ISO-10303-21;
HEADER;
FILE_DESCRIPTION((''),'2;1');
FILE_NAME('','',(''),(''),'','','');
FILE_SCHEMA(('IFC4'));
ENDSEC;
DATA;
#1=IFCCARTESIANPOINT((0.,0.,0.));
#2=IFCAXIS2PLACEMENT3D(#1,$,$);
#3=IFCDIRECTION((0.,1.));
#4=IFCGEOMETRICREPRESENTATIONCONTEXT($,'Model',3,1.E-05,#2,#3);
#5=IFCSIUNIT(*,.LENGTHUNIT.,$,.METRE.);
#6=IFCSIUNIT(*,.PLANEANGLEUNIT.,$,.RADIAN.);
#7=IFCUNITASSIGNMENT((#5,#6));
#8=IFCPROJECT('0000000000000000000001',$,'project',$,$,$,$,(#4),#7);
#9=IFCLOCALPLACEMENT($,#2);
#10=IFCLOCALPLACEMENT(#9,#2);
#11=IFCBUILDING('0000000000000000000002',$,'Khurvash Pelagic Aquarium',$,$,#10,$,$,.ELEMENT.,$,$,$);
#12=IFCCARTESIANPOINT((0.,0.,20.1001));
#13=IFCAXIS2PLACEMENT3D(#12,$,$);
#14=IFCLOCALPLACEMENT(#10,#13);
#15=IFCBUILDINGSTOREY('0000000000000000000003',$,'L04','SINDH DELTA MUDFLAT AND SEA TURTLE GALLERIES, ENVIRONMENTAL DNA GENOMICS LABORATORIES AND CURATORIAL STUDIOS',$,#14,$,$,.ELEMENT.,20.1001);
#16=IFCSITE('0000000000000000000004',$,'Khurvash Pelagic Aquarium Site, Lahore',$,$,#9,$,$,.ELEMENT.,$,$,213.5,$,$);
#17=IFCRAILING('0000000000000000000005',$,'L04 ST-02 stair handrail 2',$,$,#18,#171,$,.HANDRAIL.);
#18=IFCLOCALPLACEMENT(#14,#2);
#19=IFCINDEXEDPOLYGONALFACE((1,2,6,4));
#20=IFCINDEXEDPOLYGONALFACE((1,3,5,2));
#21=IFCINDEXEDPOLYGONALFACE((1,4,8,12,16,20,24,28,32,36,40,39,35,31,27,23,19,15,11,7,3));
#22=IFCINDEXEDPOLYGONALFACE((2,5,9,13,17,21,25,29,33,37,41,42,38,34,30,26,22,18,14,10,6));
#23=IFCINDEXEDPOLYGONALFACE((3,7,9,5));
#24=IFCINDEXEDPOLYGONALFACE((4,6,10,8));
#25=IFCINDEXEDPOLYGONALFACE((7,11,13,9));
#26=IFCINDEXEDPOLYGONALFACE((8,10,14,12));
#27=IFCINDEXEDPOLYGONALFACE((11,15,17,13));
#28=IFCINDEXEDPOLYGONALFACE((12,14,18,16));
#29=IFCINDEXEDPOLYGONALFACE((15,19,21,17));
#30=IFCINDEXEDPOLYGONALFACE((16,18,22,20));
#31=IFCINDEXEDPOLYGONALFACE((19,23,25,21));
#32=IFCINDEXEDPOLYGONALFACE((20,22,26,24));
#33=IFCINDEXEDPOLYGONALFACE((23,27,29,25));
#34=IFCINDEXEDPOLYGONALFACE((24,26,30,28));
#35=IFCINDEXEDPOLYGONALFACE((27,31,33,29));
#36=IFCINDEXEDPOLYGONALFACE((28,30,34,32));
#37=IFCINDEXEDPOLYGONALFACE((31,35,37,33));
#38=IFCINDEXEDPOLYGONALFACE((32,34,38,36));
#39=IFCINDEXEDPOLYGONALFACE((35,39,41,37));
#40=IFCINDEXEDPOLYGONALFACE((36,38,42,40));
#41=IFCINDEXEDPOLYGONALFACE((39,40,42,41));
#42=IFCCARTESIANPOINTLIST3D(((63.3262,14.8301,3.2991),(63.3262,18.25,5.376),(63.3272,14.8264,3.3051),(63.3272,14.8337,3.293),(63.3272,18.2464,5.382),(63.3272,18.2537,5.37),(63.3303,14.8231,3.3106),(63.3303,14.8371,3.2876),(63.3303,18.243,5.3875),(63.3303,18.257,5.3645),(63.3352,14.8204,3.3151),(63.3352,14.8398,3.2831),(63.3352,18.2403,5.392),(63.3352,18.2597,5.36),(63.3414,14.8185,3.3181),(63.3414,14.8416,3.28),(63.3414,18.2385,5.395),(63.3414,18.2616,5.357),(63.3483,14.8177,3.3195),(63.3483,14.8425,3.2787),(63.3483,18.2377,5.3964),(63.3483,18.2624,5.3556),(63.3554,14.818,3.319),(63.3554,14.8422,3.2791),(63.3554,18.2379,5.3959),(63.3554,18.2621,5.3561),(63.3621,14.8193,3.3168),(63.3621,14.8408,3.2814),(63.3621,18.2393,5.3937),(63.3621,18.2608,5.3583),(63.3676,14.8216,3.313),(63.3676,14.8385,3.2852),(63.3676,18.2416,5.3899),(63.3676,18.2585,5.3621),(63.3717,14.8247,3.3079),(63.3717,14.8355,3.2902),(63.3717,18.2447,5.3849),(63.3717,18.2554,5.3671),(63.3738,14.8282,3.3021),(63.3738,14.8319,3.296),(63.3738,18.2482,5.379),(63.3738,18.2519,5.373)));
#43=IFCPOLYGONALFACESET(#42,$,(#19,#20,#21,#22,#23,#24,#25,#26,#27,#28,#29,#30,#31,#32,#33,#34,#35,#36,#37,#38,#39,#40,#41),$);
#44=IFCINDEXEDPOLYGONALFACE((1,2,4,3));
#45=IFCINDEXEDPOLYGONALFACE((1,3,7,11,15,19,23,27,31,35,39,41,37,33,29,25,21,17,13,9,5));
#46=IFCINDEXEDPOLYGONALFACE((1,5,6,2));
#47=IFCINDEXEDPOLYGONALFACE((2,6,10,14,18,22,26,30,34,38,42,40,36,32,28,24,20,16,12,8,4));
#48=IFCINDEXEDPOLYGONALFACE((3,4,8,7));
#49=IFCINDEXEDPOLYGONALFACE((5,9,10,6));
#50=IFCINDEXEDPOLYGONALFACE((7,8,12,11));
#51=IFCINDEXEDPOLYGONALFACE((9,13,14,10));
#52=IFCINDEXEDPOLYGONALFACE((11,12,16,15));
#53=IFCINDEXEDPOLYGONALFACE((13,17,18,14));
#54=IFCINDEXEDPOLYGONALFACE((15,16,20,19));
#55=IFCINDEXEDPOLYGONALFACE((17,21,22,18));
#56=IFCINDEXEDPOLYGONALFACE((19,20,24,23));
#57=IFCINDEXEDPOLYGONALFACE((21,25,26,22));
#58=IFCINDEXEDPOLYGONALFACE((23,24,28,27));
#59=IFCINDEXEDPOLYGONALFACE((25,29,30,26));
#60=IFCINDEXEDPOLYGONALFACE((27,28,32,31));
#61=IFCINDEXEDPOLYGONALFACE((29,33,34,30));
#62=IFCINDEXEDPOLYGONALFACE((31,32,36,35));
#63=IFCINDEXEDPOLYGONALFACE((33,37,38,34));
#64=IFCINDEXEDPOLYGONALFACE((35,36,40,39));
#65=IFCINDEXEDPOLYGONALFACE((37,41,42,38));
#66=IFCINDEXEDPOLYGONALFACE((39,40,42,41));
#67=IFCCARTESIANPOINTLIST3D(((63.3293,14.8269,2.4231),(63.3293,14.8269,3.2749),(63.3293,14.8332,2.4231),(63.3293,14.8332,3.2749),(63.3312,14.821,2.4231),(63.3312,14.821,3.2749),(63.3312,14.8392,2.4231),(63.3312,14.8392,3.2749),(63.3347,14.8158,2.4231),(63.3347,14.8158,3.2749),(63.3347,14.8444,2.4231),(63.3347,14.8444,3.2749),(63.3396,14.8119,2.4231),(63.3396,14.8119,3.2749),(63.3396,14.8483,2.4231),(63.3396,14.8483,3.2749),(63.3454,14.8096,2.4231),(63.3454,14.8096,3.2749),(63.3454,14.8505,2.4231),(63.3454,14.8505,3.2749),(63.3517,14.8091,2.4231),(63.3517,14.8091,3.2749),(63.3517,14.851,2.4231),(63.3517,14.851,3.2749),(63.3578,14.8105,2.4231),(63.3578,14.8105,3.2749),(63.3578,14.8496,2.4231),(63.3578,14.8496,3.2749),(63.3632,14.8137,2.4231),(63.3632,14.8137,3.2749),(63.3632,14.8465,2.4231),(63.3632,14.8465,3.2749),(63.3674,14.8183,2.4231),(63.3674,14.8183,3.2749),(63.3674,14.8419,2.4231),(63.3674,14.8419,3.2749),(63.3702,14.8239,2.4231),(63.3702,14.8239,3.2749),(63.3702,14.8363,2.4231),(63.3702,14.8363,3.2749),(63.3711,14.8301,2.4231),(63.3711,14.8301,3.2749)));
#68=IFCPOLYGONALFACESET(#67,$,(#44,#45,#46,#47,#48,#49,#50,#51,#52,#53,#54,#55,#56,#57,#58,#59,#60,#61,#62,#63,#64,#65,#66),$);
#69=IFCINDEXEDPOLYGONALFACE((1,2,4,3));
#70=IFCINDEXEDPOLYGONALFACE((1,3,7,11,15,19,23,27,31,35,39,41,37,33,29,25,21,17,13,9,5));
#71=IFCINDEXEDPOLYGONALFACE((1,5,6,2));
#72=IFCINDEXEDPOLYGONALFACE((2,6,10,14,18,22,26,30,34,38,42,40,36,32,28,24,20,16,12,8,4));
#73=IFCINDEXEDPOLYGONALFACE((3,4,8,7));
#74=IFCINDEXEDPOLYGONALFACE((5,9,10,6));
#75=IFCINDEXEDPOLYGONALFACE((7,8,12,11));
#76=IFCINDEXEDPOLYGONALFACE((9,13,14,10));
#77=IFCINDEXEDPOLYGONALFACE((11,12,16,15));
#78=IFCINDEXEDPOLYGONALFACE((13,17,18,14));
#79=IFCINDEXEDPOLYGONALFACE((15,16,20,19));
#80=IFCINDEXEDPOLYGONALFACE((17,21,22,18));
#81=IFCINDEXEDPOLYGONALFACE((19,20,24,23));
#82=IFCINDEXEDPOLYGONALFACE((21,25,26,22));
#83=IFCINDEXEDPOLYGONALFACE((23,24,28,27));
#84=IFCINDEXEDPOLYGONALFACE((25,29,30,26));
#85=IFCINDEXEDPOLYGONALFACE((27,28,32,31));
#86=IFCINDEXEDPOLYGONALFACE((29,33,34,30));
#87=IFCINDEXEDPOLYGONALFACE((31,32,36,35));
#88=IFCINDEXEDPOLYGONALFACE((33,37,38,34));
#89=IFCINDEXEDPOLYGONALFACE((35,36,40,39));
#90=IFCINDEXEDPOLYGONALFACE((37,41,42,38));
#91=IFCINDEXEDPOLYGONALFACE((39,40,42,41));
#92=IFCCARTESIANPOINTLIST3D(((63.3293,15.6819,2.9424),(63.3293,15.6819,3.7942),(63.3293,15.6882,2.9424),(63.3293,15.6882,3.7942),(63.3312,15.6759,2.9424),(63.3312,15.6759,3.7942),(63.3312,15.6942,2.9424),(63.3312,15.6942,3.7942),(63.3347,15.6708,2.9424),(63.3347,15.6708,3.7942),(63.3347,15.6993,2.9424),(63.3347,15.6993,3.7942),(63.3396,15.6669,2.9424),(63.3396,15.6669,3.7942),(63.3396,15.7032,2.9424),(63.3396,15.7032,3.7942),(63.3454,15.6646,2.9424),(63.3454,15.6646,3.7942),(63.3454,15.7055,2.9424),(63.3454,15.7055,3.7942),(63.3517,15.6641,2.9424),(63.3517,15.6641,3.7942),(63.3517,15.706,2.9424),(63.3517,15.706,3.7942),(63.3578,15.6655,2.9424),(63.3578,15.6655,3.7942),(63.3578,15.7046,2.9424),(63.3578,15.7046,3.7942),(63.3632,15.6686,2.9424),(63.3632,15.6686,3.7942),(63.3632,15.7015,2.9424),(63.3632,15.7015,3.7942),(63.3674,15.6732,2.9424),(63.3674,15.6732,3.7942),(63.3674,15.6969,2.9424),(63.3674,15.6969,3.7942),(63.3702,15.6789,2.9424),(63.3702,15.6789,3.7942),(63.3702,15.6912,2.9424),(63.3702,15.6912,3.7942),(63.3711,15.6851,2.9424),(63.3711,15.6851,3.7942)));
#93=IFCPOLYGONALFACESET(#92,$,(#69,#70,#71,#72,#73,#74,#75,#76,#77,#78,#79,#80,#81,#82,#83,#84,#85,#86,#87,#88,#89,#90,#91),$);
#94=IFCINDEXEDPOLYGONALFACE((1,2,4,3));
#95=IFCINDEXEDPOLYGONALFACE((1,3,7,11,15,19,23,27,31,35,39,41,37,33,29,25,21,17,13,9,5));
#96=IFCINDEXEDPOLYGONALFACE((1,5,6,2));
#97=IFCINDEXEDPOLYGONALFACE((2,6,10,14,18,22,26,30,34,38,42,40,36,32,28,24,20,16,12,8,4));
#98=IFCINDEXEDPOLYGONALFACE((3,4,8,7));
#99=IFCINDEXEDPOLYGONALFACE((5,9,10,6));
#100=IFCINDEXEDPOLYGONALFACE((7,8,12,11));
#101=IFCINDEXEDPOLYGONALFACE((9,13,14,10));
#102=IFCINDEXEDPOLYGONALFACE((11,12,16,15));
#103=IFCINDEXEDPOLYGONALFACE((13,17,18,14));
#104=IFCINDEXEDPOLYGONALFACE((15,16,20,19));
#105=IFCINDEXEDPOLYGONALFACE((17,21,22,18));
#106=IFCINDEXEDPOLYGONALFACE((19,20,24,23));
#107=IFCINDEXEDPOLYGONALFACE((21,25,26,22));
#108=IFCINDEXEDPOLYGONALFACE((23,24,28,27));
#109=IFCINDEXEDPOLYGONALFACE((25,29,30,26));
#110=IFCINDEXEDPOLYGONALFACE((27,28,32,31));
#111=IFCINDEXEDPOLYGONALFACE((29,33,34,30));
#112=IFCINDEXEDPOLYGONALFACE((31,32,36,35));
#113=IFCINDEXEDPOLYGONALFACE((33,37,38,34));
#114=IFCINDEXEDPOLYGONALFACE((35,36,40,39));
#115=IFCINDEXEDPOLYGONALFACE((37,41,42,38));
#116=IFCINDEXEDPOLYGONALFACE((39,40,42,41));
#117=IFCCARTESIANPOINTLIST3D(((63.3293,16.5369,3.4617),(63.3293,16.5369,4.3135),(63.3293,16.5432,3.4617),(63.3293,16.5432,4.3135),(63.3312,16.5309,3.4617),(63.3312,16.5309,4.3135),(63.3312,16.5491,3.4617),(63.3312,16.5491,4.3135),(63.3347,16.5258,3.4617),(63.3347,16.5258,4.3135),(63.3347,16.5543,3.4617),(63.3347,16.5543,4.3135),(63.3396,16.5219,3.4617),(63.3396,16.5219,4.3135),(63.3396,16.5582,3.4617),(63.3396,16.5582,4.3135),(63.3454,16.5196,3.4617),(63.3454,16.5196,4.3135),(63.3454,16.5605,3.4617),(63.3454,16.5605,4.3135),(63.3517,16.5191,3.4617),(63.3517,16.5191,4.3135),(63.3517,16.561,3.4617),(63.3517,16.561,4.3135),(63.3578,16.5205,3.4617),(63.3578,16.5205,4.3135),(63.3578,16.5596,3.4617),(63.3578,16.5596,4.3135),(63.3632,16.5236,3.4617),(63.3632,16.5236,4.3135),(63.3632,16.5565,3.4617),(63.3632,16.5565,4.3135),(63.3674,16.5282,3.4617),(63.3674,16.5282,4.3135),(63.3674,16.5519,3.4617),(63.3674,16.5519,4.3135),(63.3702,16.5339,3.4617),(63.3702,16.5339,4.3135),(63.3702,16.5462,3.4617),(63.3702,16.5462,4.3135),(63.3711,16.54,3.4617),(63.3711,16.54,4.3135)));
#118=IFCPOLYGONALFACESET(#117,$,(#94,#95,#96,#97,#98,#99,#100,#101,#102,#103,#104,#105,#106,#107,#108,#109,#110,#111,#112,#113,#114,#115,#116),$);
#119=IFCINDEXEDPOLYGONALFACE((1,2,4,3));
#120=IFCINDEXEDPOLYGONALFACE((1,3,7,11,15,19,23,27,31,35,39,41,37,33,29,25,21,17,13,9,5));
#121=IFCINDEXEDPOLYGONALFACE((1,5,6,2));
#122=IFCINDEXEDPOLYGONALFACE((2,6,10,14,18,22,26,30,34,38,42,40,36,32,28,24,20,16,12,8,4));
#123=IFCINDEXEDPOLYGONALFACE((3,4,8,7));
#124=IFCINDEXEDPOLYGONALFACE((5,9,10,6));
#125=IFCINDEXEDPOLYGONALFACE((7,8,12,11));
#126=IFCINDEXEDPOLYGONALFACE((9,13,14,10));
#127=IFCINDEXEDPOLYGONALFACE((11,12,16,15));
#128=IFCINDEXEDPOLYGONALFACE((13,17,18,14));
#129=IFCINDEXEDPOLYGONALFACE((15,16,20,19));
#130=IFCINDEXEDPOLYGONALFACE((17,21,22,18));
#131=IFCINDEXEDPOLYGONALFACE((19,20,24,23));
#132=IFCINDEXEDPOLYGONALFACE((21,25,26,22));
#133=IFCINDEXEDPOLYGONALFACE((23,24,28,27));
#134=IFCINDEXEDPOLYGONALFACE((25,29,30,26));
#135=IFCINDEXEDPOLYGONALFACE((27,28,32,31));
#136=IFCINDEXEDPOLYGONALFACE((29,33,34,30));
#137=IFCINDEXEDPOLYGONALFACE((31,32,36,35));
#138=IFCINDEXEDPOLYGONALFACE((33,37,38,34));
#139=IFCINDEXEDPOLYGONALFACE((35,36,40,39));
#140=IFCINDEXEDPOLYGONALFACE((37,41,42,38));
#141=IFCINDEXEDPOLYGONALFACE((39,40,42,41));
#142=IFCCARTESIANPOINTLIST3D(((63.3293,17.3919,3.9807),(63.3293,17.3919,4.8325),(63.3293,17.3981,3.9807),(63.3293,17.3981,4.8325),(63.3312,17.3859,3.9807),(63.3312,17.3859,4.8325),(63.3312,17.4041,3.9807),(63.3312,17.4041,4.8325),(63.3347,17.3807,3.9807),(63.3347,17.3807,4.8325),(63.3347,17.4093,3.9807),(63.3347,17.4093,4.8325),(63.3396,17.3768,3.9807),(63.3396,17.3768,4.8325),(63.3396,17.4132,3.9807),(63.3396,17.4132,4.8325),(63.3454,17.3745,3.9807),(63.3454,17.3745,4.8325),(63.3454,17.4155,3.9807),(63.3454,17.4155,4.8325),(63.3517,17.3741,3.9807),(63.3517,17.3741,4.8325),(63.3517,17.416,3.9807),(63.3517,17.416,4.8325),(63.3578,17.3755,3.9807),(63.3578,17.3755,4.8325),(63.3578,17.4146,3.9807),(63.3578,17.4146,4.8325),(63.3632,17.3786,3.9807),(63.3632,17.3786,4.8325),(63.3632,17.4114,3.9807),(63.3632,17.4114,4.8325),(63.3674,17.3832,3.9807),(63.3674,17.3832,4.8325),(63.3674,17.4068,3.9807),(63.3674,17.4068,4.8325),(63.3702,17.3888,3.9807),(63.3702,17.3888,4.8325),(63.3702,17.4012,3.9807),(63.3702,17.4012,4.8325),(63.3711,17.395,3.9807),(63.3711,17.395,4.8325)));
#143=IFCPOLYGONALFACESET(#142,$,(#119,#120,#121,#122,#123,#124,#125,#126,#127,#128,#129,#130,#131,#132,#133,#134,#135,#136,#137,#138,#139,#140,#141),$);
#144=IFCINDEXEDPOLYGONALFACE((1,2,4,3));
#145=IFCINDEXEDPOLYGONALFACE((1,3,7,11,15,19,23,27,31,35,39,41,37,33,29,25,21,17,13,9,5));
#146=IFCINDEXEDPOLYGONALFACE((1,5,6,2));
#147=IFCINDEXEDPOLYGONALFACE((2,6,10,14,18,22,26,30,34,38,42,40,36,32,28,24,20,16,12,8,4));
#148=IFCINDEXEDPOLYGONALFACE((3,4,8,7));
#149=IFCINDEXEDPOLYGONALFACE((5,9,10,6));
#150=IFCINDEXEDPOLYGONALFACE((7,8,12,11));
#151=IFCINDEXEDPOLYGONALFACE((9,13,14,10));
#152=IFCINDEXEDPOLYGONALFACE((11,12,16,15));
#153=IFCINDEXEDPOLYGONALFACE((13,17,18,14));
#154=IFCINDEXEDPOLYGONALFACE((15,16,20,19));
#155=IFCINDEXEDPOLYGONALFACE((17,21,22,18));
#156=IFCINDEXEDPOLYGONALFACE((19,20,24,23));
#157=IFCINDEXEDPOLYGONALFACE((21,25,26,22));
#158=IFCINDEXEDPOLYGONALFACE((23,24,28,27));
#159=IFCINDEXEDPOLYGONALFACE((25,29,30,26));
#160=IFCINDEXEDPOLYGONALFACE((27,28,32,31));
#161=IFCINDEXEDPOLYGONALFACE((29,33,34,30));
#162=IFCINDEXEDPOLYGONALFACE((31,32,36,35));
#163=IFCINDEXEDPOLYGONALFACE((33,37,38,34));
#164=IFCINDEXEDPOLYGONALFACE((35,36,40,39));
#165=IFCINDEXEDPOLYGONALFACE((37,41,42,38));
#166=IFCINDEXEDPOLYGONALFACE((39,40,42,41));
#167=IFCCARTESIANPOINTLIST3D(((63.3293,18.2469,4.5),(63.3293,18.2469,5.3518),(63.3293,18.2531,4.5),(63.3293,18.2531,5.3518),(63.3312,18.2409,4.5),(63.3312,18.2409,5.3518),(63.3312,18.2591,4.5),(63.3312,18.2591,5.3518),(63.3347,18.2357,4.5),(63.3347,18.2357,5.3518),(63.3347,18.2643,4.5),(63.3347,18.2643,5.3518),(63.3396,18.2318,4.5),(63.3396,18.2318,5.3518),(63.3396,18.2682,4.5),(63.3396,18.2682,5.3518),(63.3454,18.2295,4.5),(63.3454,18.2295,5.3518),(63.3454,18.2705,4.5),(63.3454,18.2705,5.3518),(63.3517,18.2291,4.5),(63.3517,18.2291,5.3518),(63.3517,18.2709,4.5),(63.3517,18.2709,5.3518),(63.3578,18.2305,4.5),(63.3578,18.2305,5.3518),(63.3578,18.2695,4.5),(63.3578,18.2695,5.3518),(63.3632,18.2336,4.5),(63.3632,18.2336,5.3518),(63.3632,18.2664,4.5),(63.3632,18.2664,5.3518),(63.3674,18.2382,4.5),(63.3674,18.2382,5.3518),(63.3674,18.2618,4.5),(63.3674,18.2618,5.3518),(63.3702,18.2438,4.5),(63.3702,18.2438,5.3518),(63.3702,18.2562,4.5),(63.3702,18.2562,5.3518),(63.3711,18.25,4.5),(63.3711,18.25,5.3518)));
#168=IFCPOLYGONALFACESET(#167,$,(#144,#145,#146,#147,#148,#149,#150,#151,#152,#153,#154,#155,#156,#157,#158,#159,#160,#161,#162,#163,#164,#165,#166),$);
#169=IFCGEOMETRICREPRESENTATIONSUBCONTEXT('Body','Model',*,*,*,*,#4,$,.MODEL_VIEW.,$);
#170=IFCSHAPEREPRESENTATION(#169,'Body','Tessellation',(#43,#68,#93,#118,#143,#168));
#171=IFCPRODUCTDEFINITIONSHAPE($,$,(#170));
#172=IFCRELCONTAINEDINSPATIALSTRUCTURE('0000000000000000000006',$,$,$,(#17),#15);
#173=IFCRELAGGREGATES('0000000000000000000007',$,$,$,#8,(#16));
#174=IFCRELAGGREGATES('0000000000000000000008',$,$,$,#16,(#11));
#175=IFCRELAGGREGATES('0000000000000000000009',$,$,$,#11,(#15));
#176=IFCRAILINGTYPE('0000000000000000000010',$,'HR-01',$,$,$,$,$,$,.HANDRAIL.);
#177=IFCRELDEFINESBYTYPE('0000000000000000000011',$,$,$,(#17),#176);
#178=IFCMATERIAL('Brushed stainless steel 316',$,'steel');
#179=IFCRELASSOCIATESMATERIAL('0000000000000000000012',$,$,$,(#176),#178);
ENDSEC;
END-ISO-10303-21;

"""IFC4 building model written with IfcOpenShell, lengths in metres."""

from ifc_helpers import new_model, si_unit, direction, frame, origin, origin_2d, place, context, subcontext, project, spatial, circle, extrude, material, type_object, element, save


model = new_model("IFC4")

# Units and contexts
model_context = context("Model", 3, precision=1e-05, world=origin(), true_north=direction((0.0, 1.0)))
body_context = subcontext(model_context, "Body", "Model", "MODEL_VIEW")
ifc_project = project(units=[si_unit("LENGTHUNIT", "METRE"), si_unit("PLANEANGLEUNIT", "RADIAN")], contexts=[model_context])

# Site, building, storey
site_placement = place(None, origin())
site = spatial("IfcSite", under=ifc_project, at=site_placement, Name="Khurvash Pelagic Aquarium Site, Lahore", CompositionType="ELEMENT", RefElevation=213.5)
building_placement = place(site_placement, origin())
building = spatial("IfcBuilding", under=site, at=building_placement, Name="Khurvash Pelagic Aquarium", CompositionType="ELEMENT")
storey_placement = place(building_placement, frame((0.0, 0.0, 20.1001)))
storey = spatial("IfcBuildingStorey", under=building, at=storey_placement, Name="L04", Description="SINDH DELTA MUDFLAT AND SEA TURTLE GALLERIES, ENVIRONMENTAL DNA GENOMICS LABORATORIES AND CURATORIAL STUDIOS", CompositionType="ELEMENT", Elevation=20.1001)

# Railing
ifc_material_1 = material(Name="Brushed stainless steel 316", Category="steel")
railing_type_1 = type_object("IfcRailingType", Name="HR-01", PredefinedType="HANDRAIL", material=ifc_material_1)
railing_1_placement = place(storey_placement, frame((63.3501, 14.8301, 2.4231)))
element("IfcRailing", 1, at=railing_1_placement, inside=storey, type_object=railing_type_1, Name="L04 ST-02 stair handrail 2", PredefinedType="HANDRAIL", context=body_context, shape_type="SweptSolid", body=[
    extrude(circle(Radius=0.0239, at=origin_2d()), frame((0.0, 0.0, 0.876), z_axis=(0.0, 0.85473, 0.519074), x_axis=(-1.0, 0.0, 0.0)), (0.0, 0.0, 1.0), 4.0012),
    extrude(circle(Radius=0.021, at=origin_2d()), origin(), (0.0, 0.0, 1.0), 0.8518),
    extrude(circle(Radius=0.021, at=origin_2d()), frame((0.0, 0.855, 0.5193)), (0.0, 0.0, 1.0), 0.8518),
    extrude(circle(Radius=0.021, at=origin_2d()), frame((0.0, 1.71, 1.0386)), (0.0, 0.0, 1.0), 0.8518),
    extrude(circle(Radius=0.021, at=origin_2d()), frame((0.0, 2.5649, 1.5576)), (0.0, 0.0, 1.0), 0.8518),
    extrude(circle(Radius=0.021, at=origin_2d()), frame((0.0, 3.4199, 2.0769)), (0.0, 0.0, 1.0), 0.8518),
])

save(model, "model.ifc")
